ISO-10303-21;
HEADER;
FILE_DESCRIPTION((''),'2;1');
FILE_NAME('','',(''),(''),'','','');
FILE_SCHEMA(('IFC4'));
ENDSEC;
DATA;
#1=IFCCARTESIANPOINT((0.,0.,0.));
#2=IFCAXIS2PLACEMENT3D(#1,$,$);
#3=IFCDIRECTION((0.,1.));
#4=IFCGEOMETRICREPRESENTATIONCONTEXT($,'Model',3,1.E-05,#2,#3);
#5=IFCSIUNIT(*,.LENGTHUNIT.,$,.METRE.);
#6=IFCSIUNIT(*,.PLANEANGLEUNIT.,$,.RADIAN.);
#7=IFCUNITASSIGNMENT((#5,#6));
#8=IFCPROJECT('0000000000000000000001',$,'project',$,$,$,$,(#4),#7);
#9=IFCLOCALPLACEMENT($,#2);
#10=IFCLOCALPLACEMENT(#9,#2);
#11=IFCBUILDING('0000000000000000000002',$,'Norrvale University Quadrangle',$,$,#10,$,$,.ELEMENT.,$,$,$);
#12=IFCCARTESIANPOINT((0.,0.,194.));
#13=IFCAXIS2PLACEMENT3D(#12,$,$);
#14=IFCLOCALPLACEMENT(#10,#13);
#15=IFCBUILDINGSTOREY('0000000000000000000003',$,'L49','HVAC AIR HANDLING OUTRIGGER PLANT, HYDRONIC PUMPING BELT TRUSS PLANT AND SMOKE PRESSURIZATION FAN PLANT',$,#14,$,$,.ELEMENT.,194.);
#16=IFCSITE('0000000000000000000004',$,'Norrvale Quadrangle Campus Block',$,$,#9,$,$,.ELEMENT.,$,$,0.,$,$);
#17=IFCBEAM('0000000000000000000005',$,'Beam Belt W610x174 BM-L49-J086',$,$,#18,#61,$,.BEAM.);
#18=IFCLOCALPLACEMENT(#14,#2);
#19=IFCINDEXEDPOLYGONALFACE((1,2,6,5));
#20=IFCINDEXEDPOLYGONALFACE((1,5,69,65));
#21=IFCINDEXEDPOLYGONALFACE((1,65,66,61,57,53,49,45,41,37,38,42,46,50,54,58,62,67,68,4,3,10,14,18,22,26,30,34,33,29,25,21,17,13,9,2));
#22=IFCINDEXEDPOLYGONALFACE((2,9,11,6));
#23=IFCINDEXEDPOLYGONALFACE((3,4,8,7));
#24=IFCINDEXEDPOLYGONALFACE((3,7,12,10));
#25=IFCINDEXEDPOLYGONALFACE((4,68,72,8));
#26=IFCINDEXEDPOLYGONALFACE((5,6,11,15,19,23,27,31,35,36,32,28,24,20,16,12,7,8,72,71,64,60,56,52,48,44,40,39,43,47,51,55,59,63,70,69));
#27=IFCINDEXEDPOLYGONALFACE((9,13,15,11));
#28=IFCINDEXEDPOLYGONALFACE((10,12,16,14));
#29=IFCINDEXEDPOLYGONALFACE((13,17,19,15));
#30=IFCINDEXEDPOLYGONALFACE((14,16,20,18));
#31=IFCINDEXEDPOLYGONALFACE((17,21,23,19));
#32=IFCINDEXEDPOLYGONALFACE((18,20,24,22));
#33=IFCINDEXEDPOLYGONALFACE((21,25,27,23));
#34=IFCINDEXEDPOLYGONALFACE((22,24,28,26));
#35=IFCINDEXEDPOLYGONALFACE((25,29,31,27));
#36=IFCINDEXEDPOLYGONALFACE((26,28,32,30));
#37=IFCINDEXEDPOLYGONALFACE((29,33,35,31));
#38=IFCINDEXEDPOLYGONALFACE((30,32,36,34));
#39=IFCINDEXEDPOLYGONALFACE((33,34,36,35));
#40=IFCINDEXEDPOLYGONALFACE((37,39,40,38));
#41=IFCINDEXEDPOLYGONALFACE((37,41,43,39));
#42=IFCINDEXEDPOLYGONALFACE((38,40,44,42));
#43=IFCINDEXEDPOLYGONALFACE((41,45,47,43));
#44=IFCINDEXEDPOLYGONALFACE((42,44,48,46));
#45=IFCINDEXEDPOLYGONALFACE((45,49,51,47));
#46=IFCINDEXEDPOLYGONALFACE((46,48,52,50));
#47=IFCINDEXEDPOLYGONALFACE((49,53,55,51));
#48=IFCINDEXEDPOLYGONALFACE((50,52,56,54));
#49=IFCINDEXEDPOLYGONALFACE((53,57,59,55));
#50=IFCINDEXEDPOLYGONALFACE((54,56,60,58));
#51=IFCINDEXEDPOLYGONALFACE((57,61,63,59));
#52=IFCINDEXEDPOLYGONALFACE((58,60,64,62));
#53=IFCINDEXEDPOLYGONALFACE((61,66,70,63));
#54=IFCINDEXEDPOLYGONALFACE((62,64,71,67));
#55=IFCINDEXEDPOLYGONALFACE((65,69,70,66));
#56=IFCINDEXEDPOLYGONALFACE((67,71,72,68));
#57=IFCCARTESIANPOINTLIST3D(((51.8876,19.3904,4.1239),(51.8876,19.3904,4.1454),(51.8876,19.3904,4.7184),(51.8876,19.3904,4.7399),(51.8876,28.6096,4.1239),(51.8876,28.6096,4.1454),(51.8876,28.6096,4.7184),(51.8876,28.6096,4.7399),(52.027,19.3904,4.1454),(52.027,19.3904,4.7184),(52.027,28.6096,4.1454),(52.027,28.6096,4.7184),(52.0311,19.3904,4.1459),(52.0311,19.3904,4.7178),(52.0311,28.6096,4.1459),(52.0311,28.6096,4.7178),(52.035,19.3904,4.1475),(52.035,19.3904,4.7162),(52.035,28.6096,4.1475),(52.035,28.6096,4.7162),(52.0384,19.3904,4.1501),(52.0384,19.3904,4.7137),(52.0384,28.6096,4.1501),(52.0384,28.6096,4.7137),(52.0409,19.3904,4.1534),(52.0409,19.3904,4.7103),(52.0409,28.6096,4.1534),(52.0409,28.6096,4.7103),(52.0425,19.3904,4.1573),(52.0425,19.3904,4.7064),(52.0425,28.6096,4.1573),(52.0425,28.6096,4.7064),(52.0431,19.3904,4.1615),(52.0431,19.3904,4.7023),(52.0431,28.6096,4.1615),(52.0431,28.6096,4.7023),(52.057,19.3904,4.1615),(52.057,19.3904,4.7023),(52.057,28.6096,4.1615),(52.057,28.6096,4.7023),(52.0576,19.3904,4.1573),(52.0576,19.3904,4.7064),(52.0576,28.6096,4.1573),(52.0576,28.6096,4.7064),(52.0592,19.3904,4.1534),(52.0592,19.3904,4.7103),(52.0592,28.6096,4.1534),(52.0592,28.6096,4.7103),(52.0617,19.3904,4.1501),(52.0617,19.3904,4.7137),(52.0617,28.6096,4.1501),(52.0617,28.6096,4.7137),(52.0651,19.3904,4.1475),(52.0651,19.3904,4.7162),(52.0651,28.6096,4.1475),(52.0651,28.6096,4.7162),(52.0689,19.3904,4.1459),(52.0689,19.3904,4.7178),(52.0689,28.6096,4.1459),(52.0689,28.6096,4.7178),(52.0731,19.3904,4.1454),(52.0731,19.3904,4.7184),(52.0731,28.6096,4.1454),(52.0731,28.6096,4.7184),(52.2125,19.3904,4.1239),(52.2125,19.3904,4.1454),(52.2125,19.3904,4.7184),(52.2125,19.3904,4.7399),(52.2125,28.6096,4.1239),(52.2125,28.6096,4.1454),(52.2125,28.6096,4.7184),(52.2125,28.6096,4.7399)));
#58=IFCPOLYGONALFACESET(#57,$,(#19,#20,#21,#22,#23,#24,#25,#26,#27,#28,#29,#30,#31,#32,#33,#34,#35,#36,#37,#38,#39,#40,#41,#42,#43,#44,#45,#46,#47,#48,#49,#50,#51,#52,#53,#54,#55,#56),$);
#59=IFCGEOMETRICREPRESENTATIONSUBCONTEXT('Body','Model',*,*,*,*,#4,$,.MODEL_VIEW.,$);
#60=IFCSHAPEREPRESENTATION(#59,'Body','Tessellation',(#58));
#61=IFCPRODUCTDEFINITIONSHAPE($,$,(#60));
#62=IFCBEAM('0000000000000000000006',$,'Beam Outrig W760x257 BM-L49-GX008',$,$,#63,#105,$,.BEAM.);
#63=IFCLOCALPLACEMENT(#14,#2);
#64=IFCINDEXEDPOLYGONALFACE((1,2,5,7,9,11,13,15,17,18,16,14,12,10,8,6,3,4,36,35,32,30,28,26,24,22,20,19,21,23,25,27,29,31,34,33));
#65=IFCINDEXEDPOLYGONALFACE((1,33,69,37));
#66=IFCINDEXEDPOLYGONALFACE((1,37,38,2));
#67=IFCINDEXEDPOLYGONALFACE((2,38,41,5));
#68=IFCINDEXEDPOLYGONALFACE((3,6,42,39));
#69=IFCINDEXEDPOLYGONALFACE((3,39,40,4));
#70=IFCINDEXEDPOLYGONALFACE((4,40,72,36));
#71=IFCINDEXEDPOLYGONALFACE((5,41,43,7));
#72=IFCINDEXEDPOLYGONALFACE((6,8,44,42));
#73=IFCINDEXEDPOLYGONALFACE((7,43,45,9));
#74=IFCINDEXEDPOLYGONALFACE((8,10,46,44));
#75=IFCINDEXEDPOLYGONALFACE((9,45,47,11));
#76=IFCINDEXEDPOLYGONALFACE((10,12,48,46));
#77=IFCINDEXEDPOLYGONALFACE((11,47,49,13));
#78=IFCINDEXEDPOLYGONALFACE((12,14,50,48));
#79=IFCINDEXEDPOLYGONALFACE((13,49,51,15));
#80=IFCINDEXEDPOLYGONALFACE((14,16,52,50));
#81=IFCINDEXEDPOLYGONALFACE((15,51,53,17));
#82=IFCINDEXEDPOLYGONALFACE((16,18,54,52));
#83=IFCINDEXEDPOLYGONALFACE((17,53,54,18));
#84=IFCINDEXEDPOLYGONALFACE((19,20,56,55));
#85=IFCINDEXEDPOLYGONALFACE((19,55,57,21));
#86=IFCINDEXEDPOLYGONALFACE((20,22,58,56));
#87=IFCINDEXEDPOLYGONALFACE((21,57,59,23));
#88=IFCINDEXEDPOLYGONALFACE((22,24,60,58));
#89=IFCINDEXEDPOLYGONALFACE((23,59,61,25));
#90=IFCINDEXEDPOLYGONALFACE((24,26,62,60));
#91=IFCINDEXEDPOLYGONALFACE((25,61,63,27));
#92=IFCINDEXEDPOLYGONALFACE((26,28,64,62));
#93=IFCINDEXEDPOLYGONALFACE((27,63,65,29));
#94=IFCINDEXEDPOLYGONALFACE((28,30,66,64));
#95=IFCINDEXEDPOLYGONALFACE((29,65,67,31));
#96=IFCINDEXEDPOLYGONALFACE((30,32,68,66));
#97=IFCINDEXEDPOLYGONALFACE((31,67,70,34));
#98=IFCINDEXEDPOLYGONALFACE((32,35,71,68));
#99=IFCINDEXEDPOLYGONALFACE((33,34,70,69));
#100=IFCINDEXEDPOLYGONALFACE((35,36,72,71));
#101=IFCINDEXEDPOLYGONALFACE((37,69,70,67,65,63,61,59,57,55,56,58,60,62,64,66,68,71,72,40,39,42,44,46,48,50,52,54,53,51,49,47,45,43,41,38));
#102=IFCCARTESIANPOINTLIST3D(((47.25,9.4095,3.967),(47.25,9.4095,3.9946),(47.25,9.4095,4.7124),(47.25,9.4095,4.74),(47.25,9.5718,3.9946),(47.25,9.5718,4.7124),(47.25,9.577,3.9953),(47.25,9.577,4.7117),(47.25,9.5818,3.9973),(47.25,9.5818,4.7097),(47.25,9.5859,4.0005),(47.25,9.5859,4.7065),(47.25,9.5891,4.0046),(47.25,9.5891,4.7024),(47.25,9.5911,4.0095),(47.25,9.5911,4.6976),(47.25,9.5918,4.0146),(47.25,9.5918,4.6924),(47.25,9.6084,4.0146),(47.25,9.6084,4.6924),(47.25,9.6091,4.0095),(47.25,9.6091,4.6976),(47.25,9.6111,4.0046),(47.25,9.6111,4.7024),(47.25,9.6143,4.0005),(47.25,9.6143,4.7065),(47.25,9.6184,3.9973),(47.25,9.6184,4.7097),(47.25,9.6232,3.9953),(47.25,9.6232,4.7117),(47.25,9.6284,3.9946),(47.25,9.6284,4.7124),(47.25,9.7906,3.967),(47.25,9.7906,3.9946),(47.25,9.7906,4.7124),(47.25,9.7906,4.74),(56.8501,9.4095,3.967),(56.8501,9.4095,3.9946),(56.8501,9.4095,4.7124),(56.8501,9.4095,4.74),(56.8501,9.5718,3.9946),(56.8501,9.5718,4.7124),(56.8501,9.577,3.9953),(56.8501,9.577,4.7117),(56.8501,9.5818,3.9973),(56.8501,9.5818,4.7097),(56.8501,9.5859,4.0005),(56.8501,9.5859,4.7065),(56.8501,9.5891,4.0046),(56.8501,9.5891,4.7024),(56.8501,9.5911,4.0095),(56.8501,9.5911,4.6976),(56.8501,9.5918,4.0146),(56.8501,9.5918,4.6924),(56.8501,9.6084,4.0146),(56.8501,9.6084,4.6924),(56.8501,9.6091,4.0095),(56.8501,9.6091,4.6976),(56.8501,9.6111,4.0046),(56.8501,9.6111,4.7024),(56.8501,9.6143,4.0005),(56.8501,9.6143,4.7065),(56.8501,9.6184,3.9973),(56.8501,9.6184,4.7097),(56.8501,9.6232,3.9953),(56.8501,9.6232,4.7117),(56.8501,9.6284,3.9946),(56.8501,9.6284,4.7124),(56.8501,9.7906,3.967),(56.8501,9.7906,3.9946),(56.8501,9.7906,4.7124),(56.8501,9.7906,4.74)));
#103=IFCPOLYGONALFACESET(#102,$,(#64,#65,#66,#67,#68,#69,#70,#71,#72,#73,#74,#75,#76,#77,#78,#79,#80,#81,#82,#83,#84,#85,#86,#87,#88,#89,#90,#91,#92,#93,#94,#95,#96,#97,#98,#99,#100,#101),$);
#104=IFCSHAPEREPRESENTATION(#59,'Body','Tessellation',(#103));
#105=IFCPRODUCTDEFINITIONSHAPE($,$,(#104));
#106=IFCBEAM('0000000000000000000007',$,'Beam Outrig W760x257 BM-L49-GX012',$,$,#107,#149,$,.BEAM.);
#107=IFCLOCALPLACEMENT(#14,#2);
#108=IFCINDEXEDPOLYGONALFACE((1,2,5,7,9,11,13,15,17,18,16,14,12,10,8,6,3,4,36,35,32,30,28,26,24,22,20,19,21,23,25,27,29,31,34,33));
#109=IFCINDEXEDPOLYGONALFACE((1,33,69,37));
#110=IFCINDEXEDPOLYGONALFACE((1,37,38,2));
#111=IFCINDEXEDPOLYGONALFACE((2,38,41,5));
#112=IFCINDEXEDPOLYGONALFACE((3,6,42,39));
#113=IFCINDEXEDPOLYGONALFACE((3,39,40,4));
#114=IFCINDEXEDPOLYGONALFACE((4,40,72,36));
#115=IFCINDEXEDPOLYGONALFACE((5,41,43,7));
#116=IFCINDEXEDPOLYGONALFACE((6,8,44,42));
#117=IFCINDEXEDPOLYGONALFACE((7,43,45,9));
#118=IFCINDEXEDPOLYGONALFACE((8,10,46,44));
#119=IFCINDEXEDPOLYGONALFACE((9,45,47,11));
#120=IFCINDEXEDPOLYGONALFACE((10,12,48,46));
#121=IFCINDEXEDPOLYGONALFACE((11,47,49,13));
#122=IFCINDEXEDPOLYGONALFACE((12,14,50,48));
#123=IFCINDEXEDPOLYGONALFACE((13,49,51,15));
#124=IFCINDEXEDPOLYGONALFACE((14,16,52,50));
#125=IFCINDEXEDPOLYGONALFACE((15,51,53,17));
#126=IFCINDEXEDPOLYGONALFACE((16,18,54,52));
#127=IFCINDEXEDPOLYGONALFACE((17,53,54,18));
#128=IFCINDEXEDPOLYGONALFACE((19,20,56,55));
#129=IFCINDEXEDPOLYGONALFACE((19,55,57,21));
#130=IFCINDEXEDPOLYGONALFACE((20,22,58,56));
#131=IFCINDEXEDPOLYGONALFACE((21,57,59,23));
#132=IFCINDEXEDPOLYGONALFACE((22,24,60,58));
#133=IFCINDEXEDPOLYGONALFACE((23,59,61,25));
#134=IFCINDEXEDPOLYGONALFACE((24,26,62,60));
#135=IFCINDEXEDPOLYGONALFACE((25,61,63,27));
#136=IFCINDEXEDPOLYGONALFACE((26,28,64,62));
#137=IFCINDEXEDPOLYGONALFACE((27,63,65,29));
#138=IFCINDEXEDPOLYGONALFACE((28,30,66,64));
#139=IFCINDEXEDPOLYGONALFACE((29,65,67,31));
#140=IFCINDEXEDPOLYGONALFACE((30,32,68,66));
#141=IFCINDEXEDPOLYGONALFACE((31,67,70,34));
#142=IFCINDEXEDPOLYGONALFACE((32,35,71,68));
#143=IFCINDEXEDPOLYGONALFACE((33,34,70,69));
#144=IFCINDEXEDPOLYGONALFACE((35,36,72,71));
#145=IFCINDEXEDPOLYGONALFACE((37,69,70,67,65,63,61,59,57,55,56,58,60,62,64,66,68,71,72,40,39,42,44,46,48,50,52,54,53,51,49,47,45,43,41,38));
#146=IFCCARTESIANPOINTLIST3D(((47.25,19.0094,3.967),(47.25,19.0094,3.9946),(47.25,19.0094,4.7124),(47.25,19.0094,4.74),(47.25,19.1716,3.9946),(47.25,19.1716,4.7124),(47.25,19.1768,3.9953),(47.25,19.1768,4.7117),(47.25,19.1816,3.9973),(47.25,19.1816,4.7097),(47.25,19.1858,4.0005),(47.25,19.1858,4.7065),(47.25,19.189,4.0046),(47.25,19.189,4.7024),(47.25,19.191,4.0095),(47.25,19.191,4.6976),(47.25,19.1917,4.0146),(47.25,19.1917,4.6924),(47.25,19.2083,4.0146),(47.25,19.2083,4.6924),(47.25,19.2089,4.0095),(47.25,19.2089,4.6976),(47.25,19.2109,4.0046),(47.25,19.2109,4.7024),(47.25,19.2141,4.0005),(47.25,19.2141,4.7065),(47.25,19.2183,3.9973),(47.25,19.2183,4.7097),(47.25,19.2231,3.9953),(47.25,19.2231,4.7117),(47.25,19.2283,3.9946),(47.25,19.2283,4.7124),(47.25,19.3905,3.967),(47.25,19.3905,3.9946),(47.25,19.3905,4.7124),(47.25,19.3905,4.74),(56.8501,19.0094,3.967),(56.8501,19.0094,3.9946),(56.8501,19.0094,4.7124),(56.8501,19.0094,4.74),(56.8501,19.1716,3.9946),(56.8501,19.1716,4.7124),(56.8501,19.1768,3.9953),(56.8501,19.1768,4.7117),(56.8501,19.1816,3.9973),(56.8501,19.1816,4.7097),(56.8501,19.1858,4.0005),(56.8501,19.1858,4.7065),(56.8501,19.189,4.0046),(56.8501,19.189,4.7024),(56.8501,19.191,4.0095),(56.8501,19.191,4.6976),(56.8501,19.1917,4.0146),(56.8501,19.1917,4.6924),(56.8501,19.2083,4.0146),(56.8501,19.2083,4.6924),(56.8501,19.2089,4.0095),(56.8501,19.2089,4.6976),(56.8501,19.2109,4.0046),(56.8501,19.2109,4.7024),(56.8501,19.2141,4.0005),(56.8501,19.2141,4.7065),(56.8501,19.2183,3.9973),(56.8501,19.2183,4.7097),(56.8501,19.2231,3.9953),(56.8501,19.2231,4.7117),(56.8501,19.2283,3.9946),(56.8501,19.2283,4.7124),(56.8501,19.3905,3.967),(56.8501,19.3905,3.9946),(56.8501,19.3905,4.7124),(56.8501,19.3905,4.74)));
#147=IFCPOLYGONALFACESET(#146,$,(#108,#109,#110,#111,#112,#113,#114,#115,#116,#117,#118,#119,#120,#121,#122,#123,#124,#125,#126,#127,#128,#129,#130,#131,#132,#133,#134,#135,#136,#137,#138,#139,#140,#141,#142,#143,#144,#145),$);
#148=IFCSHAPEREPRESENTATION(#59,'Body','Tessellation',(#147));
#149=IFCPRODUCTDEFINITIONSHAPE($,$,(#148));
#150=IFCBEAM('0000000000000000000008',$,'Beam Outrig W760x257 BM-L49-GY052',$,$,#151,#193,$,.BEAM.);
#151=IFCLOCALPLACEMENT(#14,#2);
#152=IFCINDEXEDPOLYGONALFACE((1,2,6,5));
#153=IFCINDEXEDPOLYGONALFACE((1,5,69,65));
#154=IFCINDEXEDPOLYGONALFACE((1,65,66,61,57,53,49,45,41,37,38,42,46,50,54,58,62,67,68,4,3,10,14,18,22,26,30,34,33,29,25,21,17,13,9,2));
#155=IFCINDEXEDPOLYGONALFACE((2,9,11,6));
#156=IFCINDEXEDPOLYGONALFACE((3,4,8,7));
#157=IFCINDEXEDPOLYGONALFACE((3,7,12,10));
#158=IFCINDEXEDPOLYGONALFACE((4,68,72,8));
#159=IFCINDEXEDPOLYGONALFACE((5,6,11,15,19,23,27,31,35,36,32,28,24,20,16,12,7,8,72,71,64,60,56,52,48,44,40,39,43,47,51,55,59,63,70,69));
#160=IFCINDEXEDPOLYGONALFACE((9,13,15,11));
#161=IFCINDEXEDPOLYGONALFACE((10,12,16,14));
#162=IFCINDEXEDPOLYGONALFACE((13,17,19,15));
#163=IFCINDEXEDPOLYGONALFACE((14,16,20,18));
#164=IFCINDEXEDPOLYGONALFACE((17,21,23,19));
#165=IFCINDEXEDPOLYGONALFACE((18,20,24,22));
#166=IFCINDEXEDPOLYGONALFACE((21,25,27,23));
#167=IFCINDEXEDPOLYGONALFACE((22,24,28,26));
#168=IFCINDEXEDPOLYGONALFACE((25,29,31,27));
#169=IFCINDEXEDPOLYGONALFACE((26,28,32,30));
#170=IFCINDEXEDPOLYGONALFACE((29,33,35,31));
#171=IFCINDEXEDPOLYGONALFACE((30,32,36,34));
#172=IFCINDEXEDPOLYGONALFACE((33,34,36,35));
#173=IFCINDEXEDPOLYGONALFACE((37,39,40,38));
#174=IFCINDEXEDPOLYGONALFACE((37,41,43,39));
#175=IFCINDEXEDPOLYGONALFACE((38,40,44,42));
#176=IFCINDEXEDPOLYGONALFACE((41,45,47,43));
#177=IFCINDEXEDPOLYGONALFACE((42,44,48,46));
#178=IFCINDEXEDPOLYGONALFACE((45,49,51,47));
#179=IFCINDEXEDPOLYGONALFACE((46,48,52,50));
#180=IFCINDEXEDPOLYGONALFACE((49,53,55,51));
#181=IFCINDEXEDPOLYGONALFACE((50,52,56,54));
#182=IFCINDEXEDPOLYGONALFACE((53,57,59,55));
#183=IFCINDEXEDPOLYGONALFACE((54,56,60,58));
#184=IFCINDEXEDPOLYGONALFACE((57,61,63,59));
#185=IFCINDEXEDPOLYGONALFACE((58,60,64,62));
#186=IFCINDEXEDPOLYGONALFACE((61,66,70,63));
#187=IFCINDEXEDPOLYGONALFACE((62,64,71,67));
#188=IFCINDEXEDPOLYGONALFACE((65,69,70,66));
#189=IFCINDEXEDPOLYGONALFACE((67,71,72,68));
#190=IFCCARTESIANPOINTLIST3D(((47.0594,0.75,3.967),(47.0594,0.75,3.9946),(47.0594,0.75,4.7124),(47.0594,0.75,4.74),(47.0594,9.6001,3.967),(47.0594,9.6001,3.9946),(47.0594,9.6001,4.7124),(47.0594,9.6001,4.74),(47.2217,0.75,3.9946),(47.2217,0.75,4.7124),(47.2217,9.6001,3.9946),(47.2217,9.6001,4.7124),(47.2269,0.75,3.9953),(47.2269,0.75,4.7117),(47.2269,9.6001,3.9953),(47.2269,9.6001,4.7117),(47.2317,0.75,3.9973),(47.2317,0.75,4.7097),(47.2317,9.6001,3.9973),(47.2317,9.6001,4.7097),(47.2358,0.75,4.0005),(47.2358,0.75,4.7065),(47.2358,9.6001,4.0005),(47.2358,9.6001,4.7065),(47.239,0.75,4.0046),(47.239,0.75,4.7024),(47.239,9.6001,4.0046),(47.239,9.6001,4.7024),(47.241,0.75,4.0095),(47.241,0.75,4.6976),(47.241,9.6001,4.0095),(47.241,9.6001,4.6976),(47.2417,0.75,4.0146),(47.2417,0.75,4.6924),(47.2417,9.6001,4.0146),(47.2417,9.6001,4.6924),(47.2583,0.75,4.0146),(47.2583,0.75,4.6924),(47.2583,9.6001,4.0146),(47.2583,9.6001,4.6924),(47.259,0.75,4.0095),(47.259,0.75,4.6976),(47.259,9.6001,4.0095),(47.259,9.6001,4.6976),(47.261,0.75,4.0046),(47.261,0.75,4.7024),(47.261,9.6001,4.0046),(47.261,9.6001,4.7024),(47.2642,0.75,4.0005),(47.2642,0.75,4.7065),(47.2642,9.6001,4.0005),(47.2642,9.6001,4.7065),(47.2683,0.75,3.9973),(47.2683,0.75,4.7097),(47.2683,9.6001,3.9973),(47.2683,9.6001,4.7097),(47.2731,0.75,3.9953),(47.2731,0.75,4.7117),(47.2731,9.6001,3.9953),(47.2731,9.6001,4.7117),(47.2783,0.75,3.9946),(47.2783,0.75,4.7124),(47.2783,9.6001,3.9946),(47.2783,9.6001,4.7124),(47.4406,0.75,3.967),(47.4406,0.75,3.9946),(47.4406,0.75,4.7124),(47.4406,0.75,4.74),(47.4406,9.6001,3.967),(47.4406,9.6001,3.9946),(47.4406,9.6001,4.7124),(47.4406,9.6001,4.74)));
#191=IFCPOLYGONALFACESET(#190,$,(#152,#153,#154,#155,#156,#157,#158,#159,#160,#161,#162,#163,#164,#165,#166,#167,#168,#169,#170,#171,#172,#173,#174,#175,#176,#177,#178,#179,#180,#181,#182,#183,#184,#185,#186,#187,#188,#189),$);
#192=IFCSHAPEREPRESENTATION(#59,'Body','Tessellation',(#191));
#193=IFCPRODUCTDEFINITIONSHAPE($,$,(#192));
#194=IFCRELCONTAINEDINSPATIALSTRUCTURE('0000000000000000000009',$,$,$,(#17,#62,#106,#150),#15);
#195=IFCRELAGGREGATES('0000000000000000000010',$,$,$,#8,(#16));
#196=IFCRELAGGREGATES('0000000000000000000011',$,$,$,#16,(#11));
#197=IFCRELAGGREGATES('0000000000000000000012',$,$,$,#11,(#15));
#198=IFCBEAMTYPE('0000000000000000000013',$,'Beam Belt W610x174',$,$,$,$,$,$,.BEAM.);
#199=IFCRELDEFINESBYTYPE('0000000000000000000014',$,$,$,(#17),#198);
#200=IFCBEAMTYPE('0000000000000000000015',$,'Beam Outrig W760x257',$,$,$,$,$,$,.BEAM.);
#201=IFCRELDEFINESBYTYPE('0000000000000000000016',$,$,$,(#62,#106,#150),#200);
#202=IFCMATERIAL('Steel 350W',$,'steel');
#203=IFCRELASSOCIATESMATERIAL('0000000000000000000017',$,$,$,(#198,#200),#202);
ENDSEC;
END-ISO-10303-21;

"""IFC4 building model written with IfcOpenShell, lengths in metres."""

from ifc_helpers import new_model, si_unit, direction, frame, origin, origin_2d, place, context, subcontext, project, spatial, i_section, extrude, material, material_profile, profile_set, type_object, element, save


model = new_model("IFC4")

# Units and contexts
model_context = context("Model", 3, precision=1e-05, world=origin(), true_north=direction((0.0, 1.0)))
body_context = subcontext(model_context, "Body", "Model", "MODEL_VIEW")
ifc_project = project(units=[si_unit("LENGTHUNIT", "METRE"), si_unit("PLANEANGLEUNIT", "RADIAN")], contexts=[model_context])

# Site, building, storey
site_placement = place(None, origin())
site = spatial("IfcSite", under=ifc_project, at=site_placement, Name="Norrvale Quadrangle Campus Block", CompositionType="ELEMENT", RefElevation=0.0)
building_placement = place(site_placement, origin())
building = spatial("IfcBuilding", under=site, at=building_placement, Name="Norrvale University Quadrangle", CompositionType="ELEMENT")
storey_placement = place(building_placement, frame((0.0, 0.0, 194.0)))
storey = spatial("IfcBuildingStorey", under=building, at=storey_placement, Name="L49", Description="HVAC AIR HANDLING OUTRIGGER PLANT, HYDRONIC PUMPING BELT TRUSS PLANT AND SMOKE PRESSURIZATION FAN PLANT", CompositionType="ELEMENT", Elevation=194.0)

# Beams
ifc_material_1 = material(Name="Steel 350W", Category="steel")
ifc_material_profile_1 = material_profile(ifc_material_1, i_section(OverallWidth=0.325, OverallDepth=0.616, WebThickness=0.0139, FlangeThickness=0.0215, FilletRadius=0.0161, at=origin_2d()), Name="Steel 350W")
ifc_profile_set_1 = profile_set([ifc_material_profile_1], Name="Steel 350W")
beam_type_1 = type_object("IfcBeamType", Name="Beam Belt W610x174", PredefinedType="BEAM", material=ifc_profile_set_1)
beam_1_placement = place(storey_placement, frame((52.05, 19.3904, 4.4319), z_axis=(0.0, 1.0, 0.0), x_axis=(-1.0, 0.0, 0.0)))
element("IfcBeam", 1, at=beam_1_placement, inside=storey, type_object=beam_type_1, Name="Beam Belt W610x174 BM-L49-J086", PredefinedType="BEAM", context=body_context, shape_type="SweptSolid", body=[
    extrude(i_section(OverallWidth=0.325, OverallDepth=0.616, WebThickness=0.0139, FlangeThickness=0.0215, FilletRadius=0.0161, at=origin_2d()), origin(), (0.0, 0.0, 1.0), 9.2192),
])
ifc_material_profile_2 = material_profile(ifc_material_1, i_section(OverallWidth=0.3811, OverallDepth=0.7729, WebThickness=0.0166, FlangeThickness=0.0276, FilletRadius=0.02, at=origin_2d()), Name="Steel 350W")
ifc_profile_set_2 = profile_set([ifc_material_profile_2], Name="Steel 350W")
beam_type_2 = type_object("IfcBeamType", Name="Beam Outrig W760x257", PredefinedType="BEAM", material=ifc_profile_set_2)
for number, where, z_axis, x_axis, name in (
    (2, (47.25, 9.6001, 4.3535), (1.0, 0.0, 0.0), (0.0, 1.0, 0.0), "Beam Outrig W760x257 BM-L49-GX008"),
    (3, (47.25, 19.2, 4.3535), (1.0, 0.0, 0.0), (0.0, 1.0, 0.0), "Beam Outrig W760x257 BM-L49-GX012"),
):
    element("IfcBeam", number, at=place(storey_placement, frame(where, z_axis=z_axis, x_axis=x_axis)), inside=storey, type_object=beam_type_2, Name=name, PredefinedType="BEAM", context=body_context, shape_type="SweptSolid", body=[
        extrude(i_section(OverallWidth=0.3811, OverallDepth=0.7729, WebThickness=0.0166, FlangeThickness=0.0276, FilletRadius=0.02, at=origin_2d()), origin(), (0.0, 0.0, 1.0), 9.6001),
    ])
beam_2_placement = place(storey_placement, frame((47.25, 0.75, 4.3535), z_axis=(0.0, 1.0, 0.0), x_axis=(-1.0, 0.0, 0.0)))
element("IfcBeam", 4, at=beam_2_placement, inside=storey, type_object=beam_type_2, Name="Beam Outrig W760x257 BM-L49-GY052", PredefinedType="BEAM", context=body_context, shape_type="SweptSolid", body=[
    extrude(i_section(OverallWidth=0.3811, OverallDepth=0.7729, WebThickness=0.0166, FlangeThickness=0.0276, FilletRadius=0.02, at=origin_2d()), origin(), (0.0, 0.0, 1.0), 8.8501),
])

save(model, "model.ifc")
